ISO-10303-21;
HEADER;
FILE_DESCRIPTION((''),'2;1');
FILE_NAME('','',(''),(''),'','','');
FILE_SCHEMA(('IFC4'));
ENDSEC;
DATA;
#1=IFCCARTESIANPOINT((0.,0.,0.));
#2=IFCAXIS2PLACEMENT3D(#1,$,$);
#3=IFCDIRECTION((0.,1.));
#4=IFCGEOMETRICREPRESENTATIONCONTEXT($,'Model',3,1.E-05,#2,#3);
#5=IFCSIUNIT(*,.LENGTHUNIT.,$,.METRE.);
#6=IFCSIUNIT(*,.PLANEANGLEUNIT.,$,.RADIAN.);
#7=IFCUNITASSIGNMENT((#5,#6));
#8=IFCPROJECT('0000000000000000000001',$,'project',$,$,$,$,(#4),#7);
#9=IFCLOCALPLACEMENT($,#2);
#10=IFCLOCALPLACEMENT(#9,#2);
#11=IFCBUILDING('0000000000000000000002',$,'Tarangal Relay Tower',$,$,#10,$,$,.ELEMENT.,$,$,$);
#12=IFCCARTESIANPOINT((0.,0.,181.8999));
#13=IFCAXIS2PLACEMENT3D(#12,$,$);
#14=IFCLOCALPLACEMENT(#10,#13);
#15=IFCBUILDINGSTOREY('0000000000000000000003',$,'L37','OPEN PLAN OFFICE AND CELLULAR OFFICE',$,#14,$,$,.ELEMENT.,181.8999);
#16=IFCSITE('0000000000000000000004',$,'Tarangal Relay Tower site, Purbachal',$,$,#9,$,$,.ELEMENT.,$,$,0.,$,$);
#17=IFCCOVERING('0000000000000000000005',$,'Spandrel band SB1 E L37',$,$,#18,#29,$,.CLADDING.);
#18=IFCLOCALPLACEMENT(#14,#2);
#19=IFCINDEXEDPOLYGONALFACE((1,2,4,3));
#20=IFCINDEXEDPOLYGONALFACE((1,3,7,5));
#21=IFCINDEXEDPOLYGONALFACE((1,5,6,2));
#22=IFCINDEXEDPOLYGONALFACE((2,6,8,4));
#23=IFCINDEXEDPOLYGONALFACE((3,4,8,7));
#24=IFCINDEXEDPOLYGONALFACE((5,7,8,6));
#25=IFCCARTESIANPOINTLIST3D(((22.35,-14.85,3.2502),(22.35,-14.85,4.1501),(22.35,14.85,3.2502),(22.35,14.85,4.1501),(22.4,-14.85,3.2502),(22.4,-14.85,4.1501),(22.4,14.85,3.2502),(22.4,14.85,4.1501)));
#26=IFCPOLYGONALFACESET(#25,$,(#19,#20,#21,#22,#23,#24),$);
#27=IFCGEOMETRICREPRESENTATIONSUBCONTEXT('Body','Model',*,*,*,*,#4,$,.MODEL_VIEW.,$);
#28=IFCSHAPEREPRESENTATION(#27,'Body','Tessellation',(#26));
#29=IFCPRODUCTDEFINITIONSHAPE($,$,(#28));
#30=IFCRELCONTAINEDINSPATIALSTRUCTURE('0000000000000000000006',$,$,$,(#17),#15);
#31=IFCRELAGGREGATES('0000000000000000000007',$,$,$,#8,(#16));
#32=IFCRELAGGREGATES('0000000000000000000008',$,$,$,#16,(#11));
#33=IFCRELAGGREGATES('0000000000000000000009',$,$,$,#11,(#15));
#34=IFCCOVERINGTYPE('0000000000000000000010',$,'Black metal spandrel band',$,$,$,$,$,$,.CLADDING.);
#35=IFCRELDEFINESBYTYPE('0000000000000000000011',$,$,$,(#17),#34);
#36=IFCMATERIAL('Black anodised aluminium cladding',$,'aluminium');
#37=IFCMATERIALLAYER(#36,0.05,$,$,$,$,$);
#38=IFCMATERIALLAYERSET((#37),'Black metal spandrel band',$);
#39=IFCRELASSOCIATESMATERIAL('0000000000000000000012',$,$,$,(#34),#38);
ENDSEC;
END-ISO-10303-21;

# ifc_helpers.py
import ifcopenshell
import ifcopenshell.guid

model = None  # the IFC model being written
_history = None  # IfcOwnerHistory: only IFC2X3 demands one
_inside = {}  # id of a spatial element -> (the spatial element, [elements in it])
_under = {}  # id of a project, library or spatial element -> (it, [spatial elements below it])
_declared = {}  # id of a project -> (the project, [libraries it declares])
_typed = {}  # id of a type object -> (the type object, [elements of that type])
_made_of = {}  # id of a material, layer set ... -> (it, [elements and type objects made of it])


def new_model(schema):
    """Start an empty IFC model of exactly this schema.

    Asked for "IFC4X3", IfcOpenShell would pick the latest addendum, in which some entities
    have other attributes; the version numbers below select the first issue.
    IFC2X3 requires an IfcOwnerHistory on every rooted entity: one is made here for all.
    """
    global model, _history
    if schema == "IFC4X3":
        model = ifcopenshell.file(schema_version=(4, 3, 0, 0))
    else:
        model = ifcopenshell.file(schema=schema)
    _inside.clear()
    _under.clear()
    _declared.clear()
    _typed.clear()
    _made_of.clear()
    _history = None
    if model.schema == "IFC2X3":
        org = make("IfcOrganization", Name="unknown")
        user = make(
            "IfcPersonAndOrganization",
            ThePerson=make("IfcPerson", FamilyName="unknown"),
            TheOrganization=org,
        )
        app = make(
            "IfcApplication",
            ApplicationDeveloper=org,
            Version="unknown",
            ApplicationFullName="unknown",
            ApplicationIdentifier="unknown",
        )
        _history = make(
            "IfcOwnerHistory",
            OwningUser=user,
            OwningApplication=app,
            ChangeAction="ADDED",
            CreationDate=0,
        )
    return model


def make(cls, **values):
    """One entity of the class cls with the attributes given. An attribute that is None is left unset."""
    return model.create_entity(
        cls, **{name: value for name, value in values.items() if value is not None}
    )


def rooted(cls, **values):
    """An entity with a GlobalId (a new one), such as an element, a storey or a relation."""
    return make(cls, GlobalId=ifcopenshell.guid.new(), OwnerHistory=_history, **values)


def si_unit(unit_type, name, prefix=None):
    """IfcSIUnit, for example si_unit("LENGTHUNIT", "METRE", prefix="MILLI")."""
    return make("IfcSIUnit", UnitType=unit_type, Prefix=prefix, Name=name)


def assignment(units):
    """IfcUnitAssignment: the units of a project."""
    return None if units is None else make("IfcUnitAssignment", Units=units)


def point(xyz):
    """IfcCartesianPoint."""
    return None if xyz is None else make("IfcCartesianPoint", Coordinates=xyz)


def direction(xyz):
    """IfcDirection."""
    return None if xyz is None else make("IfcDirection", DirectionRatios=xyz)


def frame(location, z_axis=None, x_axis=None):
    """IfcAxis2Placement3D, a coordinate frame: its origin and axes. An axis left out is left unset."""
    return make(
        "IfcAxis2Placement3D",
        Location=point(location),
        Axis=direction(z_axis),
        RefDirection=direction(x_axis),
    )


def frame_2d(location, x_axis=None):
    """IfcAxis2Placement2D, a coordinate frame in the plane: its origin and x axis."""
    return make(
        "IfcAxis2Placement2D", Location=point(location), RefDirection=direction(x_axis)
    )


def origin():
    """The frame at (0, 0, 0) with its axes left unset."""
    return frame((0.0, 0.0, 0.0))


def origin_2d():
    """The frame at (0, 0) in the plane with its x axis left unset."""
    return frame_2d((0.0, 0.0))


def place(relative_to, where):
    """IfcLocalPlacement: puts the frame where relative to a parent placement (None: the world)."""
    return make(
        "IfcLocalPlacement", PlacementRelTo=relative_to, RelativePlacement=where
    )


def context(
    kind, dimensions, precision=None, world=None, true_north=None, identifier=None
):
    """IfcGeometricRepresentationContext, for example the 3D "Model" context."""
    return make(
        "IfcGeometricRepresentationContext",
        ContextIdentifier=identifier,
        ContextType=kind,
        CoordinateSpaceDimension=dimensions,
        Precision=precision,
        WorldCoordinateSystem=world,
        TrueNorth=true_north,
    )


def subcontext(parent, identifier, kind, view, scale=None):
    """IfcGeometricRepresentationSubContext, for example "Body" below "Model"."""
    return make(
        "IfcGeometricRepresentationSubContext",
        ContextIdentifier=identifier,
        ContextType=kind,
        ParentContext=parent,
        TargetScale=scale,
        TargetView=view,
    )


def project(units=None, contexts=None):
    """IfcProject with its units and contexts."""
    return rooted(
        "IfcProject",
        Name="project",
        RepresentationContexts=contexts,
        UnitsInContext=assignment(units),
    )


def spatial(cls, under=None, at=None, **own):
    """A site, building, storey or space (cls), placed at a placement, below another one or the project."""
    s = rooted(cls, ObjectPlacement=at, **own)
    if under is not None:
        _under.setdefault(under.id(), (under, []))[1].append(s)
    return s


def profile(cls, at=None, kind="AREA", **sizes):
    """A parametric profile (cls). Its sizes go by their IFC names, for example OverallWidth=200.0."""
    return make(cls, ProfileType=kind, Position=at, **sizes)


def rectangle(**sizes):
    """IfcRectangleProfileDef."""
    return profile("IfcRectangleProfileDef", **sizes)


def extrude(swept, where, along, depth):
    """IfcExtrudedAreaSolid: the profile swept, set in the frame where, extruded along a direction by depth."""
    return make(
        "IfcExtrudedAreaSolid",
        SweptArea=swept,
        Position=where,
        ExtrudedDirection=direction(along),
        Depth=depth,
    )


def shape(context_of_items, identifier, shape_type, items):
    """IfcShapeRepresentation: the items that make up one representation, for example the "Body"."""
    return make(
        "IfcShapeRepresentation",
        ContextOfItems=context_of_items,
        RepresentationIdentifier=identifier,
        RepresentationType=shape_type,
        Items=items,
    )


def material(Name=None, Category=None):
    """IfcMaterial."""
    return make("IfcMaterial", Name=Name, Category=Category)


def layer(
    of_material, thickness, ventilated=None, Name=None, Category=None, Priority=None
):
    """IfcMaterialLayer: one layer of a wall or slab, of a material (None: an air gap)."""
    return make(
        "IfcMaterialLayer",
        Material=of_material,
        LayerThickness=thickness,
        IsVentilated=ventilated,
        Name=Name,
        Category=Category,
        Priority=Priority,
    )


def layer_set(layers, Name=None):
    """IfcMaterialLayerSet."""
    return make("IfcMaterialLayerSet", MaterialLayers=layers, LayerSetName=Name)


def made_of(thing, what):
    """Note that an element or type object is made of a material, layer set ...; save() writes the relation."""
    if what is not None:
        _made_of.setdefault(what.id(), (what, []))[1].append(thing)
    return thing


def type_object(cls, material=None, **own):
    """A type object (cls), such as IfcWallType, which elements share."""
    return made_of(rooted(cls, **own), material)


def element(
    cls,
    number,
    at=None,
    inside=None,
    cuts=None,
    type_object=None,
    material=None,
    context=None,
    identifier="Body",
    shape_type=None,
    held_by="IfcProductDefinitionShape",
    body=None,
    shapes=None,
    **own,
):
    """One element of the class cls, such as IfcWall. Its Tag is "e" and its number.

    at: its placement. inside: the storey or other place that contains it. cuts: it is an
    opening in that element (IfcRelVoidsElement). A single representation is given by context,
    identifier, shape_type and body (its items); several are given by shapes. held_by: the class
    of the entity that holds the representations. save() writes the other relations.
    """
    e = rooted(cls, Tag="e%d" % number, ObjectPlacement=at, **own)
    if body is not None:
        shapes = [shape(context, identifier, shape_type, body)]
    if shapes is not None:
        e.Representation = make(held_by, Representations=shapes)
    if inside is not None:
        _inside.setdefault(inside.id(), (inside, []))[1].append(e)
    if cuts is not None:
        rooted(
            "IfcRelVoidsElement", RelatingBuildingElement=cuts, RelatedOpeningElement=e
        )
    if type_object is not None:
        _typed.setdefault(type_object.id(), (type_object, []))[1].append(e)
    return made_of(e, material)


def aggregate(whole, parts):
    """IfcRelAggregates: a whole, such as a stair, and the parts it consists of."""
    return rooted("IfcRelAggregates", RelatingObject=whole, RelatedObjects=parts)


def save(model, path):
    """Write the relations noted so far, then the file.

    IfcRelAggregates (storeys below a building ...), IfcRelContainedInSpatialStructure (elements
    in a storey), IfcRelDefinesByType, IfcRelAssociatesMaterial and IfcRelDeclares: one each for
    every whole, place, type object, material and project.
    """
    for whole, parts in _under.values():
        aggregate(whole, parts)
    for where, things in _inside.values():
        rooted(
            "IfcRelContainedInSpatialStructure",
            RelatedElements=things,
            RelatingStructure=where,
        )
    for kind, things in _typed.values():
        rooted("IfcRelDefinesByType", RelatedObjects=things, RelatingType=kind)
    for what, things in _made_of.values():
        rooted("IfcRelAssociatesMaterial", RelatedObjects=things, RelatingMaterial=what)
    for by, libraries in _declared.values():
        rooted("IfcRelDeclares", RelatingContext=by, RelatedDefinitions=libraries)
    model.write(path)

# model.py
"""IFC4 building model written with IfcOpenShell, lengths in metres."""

from ifc_helpers import new_model, si_unit, direction, frame, origin, origin_2d, place, context, subcontext, project, spatial, rectangle, extrude, material, layer, layer_set, type_object, element, save


model = new_model("IFC4")

# Units and contexts
model_context = context("Model", 3, precision=1e-05, world=origin(), true_north=direction((0.0, 1.0)))
body_context = subcontext(model_context, "Body", "Model", "MODEL_VIEW")
ifc_project = project(units=[si_unit("LENGTHUNIT", "METRE"), si_unit("PLANEANGLEUNIT", "RADIAN")], contexts=[model_context])

# Site, building, storey
site_placement = place(None, origin())
site = spatial("IfcSite", under=ifc_project, at=site_placement, Name="Tarangal Relay Tower site, Purbachal", CompositionType="ELEMENT", RefElevation=0.0)
building_placement = place(site_placement, origin())
building = spatial("IfcBuilding", under=site, at=building_placement, Name="Tarangal Relay Tower", CompositionType="ELEMENT")
storey_placement = place(building_placement, frame((0.0, 0.0, 181.8999)))
storey = spatial("IfcBuildingStorey", under=building, at=storey_placement, Name="L37", Description="OPEN PLAN OFFICE AND CELLULAR OFFICE", CompositionType="ELEMENT", Elevation=181.8999)

# Covering
ifc_material_1 = material(Name="Black anodised aluminium cladding", Category="aluminium")
ifc_layer_1 = layer(ifc_material_1, 0.05)
ifc_layer_set_1 = layer_set([ifc_layer_1], Name="Black metal spandrel band")
covering_type = type_object("IfcCoveringType", Name="Black metal spandrel band", PredefinedType="CLADDING", material=ifc_layer_set_1)
covering_placement = place(storey_placement, frame((22.375, 0.0, 3.2502), z_axis=(0.0, 0.0, 1.0), x_axis=(0.0, -1.0, 0.0)))
element("IfcCovering", 1, at=covering_placement, inside=storey, type_object=covering_type, Name="Spandrel band SB1 E L37", PredefinedType="CLADDING", context=body_context, shape_type="SweptSolid", body=[
    extrude(rectangle(XDim=29.7, YDim=0.05, at=origin_2d()), origin(), (0.0, 0.0, 1.0), 0.8999),
])

save(model, "model.ifc")
